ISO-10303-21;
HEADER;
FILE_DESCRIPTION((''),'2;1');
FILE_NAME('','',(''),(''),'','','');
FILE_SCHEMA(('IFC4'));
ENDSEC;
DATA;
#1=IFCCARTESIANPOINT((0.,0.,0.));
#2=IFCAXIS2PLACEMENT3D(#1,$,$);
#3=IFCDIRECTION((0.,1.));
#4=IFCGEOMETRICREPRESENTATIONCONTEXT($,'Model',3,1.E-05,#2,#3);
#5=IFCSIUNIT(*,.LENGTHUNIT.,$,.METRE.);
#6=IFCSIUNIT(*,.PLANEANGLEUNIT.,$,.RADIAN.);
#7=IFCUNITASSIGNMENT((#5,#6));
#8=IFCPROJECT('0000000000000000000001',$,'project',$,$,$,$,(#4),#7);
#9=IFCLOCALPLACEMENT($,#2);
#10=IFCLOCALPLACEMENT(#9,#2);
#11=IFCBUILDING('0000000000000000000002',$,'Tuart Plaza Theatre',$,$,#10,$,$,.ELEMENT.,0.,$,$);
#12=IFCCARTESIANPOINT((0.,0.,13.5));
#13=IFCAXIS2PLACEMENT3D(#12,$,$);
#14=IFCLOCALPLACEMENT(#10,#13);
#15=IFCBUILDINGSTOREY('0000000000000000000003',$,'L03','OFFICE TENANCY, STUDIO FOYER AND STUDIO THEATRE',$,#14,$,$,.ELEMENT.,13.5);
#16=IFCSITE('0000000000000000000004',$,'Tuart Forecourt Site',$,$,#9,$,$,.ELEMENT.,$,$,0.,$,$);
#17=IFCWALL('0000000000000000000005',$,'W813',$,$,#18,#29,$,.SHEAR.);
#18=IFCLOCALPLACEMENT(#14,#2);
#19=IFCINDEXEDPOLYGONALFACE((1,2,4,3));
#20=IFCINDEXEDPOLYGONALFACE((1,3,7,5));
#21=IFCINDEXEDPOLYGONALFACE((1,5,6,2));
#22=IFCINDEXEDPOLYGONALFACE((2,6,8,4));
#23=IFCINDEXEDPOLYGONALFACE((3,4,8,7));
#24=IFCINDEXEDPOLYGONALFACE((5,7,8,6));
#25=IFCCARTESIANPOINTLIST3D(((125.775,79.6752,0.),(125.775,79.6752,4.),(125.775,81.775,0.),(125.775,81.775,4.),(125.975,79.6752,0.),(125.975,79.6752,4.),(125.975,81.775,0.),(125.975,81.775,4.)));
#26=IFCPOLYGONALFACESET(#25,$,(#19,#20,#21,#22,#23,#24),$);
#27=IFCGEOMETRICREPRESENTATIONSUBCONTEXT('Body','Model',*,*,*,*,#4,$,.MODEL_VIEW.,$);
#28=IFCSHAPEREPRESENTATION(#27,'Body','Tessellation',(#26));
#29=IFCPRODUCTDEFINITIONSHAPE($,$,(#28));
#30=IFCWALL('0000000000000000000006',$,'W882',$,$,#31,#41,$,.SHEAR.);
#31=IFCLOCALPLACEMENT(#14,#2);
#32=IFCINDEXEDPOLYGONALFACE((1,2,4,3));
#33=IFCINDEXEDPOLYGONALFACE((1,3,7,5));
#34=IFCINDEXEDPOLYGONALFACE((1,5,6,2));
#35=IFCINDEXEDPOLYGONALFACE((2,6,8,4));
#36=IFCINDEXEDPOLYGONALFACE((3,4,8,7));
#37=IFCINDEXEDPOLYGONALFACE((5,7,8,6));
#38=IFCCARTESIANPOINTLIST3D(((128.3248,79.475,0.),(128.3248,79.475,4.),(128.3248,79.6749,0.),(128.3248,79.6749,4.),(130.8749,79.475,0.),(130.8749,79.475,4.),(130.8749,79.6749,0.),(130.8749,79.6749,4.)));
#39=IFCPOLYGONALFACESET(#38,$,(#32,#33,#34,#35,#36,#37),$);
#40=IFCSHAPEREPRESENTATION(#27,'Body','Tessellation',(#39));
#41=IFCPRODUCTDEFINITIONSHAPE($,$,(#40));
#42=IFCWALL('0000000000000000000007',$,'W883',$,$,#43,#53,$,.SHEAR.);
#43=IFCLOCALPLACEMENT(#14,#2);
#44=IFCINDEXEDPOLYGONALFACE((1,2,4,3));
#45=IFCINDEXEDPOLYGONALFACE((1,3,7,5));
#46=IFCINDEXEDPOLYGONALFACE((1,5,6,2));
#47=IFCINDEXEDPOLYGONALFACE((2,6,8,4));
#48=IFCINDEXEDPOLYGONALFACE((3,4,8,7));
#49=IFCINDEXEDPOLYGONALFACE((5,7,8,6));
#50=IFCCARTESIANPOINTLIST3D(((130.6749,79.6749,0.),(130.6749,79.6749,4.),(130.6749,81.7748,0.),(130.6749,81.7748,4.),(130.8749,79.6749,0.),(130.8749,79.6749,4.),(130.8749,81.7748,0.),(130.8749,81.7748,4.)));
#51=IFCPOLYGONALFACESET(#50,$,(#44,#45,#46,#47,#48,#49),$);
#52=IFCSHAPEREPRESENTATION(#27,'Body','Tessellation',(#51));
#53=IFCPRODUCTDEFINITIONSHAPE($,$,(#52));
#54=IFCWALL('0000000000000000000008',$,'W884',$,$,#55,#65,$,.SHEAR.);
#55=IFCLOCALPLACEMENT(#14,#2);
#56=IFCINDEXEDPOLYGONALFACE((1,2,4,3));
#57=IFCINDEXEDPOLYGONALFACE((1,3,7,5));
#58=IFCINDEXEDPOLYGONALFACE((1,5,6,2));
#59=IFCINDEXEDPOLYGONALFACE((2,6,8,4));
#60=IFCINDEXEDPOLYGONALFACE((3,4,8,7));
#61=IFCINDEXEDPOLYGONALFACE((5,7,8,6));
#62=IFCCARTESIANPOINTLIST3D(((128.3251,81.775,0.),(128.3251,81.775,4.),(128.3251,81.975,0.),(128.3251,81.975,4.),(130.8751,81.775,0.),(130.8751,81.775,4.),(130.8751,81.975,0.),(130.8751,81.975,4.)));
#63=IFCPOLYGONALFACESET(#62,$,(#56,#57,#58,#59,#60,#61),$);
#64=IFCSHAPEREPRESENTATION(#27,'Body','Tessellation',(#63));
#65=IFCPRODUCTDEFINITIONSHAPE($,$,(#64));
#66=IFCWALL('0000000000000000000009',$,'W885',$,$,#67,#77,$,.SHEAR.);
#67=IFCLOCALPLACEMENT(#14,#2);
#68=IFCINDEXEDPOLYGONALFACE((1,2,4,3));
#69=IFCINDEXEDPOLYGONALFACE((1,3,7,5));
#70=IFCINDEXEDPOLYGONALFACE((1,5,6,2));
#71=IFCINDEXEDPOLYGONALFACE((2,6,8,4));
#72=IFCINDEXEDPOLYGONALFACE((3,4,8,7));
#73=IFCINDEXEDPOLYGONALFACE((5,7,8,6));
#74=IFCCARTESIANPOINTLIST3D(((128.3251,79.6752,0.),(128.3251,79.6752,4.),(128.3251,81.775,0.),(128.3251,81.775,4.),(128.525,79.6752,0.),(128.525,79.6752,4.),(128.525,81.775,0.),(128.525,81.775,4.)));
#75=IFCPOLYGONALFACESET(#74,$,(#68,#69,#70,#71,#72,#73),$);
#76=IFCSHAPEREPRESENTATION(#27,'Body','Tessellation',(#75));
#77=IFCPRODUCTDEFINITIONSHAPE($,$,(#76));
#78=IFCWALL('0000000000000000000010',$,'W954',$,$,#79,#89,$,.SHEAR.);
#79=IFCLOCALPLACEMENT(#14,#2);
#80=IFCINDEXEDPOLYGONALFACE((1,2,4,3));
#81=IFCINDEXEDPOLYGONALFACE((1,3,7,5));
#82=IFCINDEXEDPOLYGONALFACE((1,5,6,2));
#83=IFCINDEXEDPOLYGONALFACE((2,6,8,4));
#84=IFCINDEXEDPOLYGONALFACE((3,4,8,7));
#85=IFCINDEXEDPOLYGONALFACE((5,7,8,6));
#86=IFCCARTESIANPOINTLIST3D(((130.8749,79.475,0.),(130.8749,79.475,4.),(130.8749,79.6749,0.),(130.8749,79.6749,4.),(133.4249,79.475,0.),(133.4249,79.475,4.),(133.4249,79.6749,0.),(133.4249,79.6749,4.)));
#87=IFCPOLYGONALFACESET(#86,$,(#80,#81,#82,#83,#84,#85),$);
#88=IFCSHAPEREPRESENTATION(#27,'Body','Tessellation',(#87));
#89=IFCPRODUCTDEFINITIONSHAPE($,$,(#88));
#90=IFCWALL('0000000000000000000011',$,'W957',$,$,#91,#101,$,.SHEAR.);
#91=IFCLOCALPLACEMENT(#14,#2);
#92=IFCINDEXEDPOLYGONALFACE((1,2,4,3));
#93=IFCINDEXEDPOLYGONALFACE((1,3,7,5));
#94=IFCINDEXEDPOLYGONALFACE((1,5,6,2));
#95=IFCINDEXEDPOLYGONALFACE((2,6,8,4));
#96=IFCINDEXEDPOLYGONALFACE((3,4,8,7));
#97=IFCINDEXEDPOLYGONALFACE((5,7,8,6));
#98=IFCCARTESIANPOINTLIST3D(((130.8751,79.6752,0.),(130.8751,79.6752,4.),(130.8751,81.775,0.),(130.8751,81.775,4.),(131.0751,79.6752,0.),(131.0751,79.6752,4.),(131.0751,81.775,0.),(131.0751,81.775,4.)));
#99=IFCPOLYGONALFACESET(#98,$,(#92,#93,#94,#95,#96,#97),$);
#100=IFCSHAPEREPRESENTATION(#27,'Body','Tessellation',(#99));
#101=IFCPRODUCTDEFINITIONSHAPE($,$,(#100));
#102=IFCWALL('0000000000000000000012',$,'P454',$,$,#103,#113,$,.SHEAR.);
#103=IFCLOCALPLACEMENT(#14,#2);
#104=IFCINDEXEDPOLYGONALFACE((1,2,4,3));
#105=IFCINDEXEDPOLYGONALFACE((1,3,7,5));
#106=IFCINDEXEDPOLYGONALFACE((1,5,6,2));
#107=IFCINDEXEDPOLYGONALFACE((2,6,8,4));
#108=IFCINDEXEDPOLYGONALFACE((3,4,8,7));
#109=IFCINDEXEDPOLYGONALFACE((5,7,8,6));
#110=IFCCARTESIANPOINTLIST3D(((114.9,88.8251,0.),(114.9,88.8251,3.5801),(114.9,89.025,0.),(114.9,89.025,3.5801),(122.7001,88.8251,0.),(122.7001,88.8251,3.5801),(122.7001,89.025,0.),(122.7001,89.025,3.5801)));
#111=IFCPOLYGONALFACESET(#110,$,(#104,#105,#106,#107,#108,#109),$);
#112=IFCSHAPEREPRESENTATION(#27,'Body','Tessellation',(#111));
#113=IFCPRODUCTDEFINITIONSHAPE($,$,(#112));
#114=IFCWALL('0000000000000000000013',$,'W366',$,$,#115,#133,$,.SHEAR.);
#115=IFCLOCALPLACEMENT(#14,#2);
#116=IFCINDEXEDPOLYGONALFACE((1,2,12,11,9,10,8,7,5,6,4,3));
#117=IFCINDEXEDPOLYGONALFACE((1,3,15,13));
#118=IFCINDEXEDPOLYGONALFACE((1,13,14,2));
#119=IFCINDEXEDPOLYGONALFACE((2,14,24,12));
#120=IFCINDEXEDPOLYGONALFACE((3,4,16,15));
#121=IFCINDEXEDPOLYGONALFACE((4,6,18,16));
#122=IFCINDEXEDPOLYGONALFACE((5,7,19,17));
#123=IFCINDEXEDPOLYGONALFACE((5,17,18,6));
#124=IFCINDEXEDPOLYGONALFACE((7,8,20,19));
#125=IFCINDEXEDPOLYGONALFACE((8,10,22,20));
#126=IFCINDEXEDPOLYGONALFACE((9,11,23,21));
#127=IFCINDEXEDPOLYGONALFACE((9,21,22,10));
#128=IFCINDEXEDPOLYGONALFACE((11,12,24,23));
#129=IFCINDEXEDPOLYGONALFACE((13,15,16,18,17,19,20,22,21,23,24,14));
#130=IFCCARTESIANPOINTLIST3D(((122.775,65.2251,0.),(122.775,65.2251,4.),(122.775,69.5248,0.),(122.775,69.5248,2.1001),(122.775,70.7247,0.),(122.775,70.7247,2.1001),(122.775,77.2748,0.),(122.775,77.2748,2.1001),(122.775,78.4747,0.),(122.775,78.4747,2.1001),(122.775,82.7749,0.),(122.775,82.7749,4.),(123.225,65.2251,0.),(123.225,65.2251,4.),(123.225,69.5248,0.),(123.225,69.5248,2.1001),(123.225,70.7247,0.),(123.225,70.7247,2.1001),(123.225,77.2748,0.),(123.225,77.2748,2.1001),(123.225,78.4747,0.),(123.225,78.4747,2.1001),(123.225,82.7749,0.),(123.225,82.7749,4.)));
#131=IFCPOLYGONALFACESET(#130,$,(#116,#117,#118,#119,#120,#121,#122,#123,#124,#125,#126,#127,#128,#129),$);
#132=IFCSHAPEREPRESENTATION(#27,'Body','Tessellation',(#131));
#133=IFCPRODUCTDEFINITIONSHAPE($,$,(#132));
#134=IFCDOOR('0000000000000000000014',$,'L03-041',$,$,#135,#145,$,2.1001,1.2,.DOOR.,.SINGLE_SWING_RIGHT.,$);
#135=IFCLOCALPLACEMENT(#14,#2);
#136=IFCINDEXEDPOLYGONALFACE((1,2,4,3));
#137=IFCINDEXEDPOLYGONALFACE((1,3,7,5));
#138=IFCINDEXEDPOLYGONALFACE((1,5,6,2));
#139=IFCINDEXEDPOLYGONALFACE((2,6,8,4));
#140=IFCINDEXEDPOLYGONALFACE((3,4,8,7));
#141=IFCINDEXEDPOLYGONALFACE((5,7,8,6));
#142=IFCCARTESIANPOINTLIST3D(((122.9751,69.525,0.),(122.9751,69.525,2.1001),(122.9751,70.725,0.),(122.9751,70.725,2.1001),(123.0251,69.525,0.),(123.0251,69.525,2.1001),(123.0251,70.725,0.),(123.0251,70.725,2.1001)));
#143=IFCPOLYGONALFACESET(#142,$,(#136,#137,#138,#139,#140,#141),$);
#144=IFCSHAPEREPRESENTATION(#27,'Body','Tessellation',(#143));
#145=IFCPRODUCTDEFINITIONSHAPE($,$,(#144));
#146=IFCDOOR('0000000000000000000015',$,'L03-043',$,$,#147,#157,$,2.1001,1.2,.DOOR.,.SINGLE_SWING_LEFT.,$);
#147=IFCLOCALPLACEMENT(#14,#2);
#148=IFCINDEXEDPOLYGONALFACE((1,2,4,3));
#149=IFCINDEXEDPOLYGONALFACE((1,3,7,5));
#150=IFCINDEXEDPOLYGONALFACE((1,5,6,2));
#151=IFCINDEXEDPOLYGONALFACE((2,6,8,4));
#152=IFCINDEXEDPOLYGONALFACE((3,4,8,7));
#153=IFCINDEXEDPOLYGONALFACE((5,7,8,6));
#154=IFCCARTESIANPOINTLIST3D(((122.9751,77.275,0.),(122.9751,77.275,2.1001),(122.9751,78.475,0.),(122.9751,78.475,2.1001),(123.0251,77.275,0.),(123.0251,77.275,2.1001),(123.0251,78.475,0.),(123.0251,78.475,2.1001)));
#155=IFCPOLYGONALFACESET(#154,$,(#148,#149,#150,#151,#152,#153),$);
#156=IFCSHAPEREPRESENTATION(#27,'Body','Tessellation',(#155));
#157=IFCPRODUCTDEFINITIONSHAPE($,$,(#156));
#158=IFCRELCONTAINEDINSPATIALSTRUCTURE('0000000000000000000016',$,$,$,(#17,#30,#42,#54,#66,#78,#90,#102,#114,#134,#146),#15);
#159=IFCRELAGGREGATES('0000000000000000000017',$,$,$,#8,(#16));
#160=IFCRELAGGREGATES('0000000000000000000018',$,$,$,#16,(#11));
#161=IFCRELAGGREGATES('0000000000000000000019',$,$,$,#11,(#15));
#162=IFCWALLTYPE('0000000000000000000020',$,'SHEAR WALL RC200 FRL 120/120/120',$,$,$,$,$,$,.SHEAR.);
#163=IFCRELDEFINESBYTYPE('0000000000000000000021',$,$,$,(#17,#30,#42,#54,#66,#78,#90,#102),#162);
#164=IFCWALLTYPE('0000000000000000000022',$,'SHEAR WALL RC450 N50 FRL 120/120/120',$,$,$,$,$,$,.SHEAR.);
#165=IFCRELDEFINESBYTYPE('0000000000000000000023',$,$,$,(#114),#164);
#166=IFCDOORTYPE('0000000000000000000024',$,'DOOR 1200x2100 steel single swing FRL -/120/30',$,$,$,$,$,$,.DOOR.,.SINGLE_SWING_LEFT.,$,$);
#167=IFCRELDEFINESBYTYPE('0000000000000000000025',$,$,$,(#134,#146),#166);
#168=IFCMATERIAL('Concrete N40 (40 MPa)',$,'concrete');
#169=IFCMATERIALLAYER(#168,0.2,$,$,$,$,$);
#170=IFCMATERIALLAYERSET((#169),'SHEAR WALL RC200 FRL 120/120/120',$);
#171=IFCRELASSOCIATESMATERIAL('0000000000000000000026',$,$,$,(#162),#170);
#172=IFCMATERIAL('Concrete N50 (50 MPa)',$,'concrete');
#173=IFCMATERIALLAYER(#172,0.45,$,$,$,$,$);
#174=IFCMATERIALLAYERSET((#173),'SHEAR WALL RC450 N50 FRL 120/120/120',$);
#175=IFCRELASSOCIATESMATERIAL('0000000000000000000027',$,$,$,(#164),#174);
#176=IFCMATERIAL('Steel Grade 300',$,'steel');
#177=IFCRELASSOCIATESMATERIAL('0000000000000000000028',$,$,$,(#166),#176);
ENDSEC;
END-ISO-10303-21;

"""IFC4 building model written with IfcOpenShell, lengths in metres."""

from ifc_helpers import new_model, si_unit, direction, frame, frame_2d, origin, place, context, subcontext, project, spatial, rectangle, extrude, material, layer, layer_set, type_object, element, fill, save


model = new_model("IFC4")

# Units and contexts
model_context = context("Model", 3, precision=1e-05, world=origin(), true_north=direction((0.0, 1.0)))
body_context = subcontext(model_context, "Body", "Model", "MODEL_VIEW")
ifc_project = project(units=[si_unit("LENGTHUNIT", "METRE"), si_unit("PLANEANGLEUNIT", "RADIAN")], contexts=[model_context])

# Site, building, storey
site_placement = place(None, origin())
site = spatial("IfcSite", under=ifc_project, at=site_placement, Name="Tuart Forecourt Site", CompositionType="ELEMENT", RefElevation=0.0)
building_placement = place(site_placement, origin())
building = spatial("IfcBuilding", under=site, at=building_placement, Name="Tuart Plaza Theatre", CompositionType="ELEMENT", ElevationOfRefHeight=0.0)
storey_placement = place(building_placement, frame((0.0, 0.0, 13.5)))
storey = spatial("IfcBuildingStorey", under=building, at=storey_placement, Name="L03", Description="OFFICE TENANCY, STUDIO FOYER AND STUDIO THEATRE", CompositionType="ELEMENT", Elevation=13.5)

# Walls
ifc_material_1 = material(Name="Concrete N40 (40 MPa)", Category="concrete")
ifc_layer_1 = layer(ifc_material_1, 0.2)
ifc_layer_set_1 = layer_set([ifc_layer_1], Name="SHEAR WALL RC200 FRL 120/120/120")
wall_type_1 = type_object("IfcWallType", Name="SHEAR WALL RC200 FRL 120/120/120", PredefinedType="SHEAR", material=ifc_layer_set_1)
wall_1_placement = place(storey_placement, frame((125.875, 81.7749, 0.0), z_axis=(0.0, 0.0, 1.0), x_axis=(0.0, -1.0, 0.0)))
element("IfcWall", 1, at=wall_1_placement, inside=storey, type_object=wall_type_1, Name="W813", PredefinedType="SHEAR", context=body_context, shape_type="SweptSolid", body=[
    extrude(rectangle(XDim=2.0999, YDim=0.2, at=frame_2d((1.0498, 0.0))), origin(), (0.0, 0.0, 1.0), 4.0),
])
wall_2_placement = place(storey_placement, frame((128.325, 79.575, 0.0), z_axis=(0.0, 0.0, 1.0), x_axis=(1.0, 0.0, 0.0)))
element("IfcWall", 2, at=wall_2_placement, inside=storey, type_object=wall_type_1, Name="W882", PredefinedType="SHEAR", context=body_context, shape_type="SweptSolid", body=[
    extrude(rectangle(XDim=2.55, YDim=0.2, at=frame_2d((1.2749, 0.0))), origin(), (0.0, 0.0, 1.0), 4.0),
])
wall_3_placement = place(storey_placement, frame((130.7749, 79.675, 0.0), z_axis=(0.0, 0.0, 1.0), x_axis=(0.0, 1.0, 0.0)))
element("IfcWall", 3, at=wall_3_placement, inside=storey, type_object=wall_type_1, Name="W883", PredefinedType="SHEAR", context=body_context, shape_type="SweptSolid", body=[
    extrude(rectangle(XDim=2.0999, YDim=0.2, at=frame_2d((1.0498, 0.0))), origin(), (0.0, 0.0, 1.0), 4.0),
])
wall_4_placement = place(storey_placement, frame((130.875, 81.875, 0.0), z_axis=(0.0, 0.0, 1.0), x_axis=(-1.0, 0.0, 0.0)))
element("IfcWall", 4, at=wall_4_placement, inside=storey, type_object=wall_type_1, Name="W884", PredefinedType="SHEAR", context=body_context, shape_type="SweptSolid", body=[
    extrude(rectangle(XDim=2.55, YDim=0.2, at=frame_2d((1.2749, 0.0))), origin(), (0.0, 0.0, 1.0), 4.0),
])
wall_5_placement = place(storey_placement, frame((128.425, 81.7749, 0.0), z_axis=(0.0, 0.0, 1.0), x_axis=(0.0, -1.0, 0.0)))
element("IfcWall", 5, at=wall_5_placement, inside=storey, type_object=wall_type_1, Name="W885", PredefinedType="SHEAR", context=body_context, shape_type="SweptSolid", body=[
    extrude(rectangle(XDim=2.0999, YDim=0.2, at=frame_2d((1.0498, 0.0))), origin(), (0.0, 0.0, 1.0), 4.0),
])
wall_6_placement = place(storey_placement, frame((130.875, 79.575, 0.0), z_axis=(0.0, 0.0, 1.0), x_axis=(1.0, 0.0, 0.0)))
element("IfcWall", 6, at=wall_6_placement, inside=storey, type_object=wall_type_1, Name="W954", PredefinedType="SHEAR", context=body_context, shape_type="SweptSolid", body=[
    extrude(rectangle(XDim=2.55, YDim=0.2, at=frame_2d((1.2749, 0.0))), origin(), (0.0, 0.0, 1.0), 4.0),
])
wall_7_placement = place(storey_placement, frame((130.9751, 81.7749, 0.0), z_axis=(0.0, 0.0, 1.0), x_axis=(0.0, -1.0, 0.0)))
element("IfcWall", 7, at=wall_7_placement, inside=storey, type_object=wall_type_1, Name="W957", PredefinedType="SHEAR", context=body_context, shape_type="SweptSolid", body=[
    extrude(rectangle(XDim=2.0999, YDim=0.2, at=frame_2d((1.0498, 0.0))), origin(), (0.0, 0.0, 1.0), 4.0),
])
wall_8_placement = place(storey_placement, frame((122.7, 88.925, 0.0), z_axis=(0.0, 0.0, 1.0), x_axis=(-1.0, 0.0, 0.0)))
element("IfcWall", 8, at=wall_8_placement, inside=storey, type_object=wall_type_1, Name="P454", PredefinedType="SHEAR", context=body_context, shape_type="SweptSolid", body=[
    extrude(rectangle(XDim=7.8, YDim=0.2, at=frame_2d((3.8999, 0.0))), origin(), (0.0, 0.0, 1.0), 3.5801),
])

# Wall, openings, doors
ifc_material_2 = material(Name="Concrete N50 (50 MPa)", Category="concrete")
ifc_layer_2 = layer(ifc_material_2, 0.45)
ifc_layer_set_2 = layer_set([ifc_layer_2], Name="SHEAR WALL RC450 N50 FRL 120/120/120")
wall_type_2 = type_object("IfcWallType", Name="SHEAR WALL RC450 N50 FRL 120/120/120", PredefinedType="SHEAR", material=ifc_layer_set_2)
wall_9_placement = place(storey_placement, frame((123.0, 82.7749, 0.0), z_axis=(0.0, 0.0, 1.0), x_axis=(0.0, -1.0, 0.0)))
wall_9 = element("IfcWall", 9, at=wall_9_placement, inside=storey, type_object=wall_type_2, Name="W366", PredefinedType="SHEAR", context=body_context, shape_type="SweptSolid", body=[
    extrude(rectangle(XDim=17.5498, YDim=0.45, at=frame_2d((8.7749, 0.0))), origin(), (0.0, 0.0, 1.0), 4.0),
])
opening_1_placement = place(wall_9_placement, frame((12.05, 0.0, 0.0)))
opening_1 = element("IfcOpeningElement", 10, at=opening_1_placement, cuts=wall_9, PredefinedType="OPENING", context=body_context, shape_type="SweptSolid", body=[
    extrude(rectangle(XDim=1.2, YDim=2.1001, at=frame_2d((0.6001, 1.05))), frame((0.0, 0.2349, 0.0), z_axis=(0.0, -1.0, 0.0), x_axis=(1.0, 0.0, 0.0)), (0.0, 0.0, 1.0), 0.47),
])
opening_2_placement = place(wall_9_placement, frame((4.3, 0.0, 0.0)))
opening_2 = element("IfcOpeningElement", 11, at=opening_2_placement, cuts=wall_9, PredefinedType="OPENING", context=body_context, shape_type="SweptSolid", body=[
    extrude(rectangle(XDim=1.2, YDim=2.1001, at=frame_2d((0.6001, 1.05))), frame((0.0, 0.2349, 0.0), z_axis=(0.0, -1.0, 0.0), x_axis=(1.0, 0.0, 0.0)), (0.0, 0.0, 1.0), 0.47),
])
ifc_material_3 = material(Name="Steel Grade 300", Category="steel")
door_type_1 = type_object("IfcDoorType", Name="DOOR 1200x2100 steel single swing FRL -/120/30", OperationType="SINGLE_SWING_LEFT", PredefinedType="DOOR", material=ifc_material_3)
door_1_placement = place(opening_1_placement, frame((1.2, 0.0, 0.0), z_axis=(0.0, 0.0, 1.0), x_axis=(-1.0, 0.0, 0.0)))
door_1 = element("IfcDoor", 12, at=door_1_placement, inside=storey, type_object=door_type_1, Name="L03-041", OperationType="SINGLE_SWING_RIGHT", OverallHeight=2.1001, OverallWidth=1.2, PredefinedType="DOOR", context=body_context, shape_type="SweptSolid", body=[
    extrude(rectangle(XDim=1.2, YDim=2.1001, at=frame_2d((0.6001, 1.05))), frame((0.0, 0.0249, 0.0), z_axis=(0.0, -1.0, 0.0), x_axis=(1.0, 0.0, 0.0)), (0.0, 0.0, 1.0), 0.05),
])
fill(opening_1, door_1)
door_2_placement = place(opening_2_placement, frame((1.2, 0.0, 0.0), z_axis=(0.0, 0.0, 1.0), x_axis=(-1.0, 0.0, 0.0)))
door_2 = element("IfcDoor", 13, at=door_2_placement, inside=storey, type_object=door_type_1, Name="L03-043", OperationType="SINGLE_SWING_LEFT", OverallHeight=2.1001, OverallWidth=1.2, PredefinedType="DOOR", context=body_context, shape_type="SweptSolid", body=[
    extrude(rectangle(XDim=1.2, YDim=2.1001, at=frame_2d((0.6001, 1.05))), frame((0.0, 0.0249, 0.0), z_axis=(0.0, -1.0, 0.0), x_axis=(1.0, 0.0, 0.0)), (0.0, 0.0, 1.0), 0.05),
])
fill(opening_2, door_2)

save(model, "model.ifc")
